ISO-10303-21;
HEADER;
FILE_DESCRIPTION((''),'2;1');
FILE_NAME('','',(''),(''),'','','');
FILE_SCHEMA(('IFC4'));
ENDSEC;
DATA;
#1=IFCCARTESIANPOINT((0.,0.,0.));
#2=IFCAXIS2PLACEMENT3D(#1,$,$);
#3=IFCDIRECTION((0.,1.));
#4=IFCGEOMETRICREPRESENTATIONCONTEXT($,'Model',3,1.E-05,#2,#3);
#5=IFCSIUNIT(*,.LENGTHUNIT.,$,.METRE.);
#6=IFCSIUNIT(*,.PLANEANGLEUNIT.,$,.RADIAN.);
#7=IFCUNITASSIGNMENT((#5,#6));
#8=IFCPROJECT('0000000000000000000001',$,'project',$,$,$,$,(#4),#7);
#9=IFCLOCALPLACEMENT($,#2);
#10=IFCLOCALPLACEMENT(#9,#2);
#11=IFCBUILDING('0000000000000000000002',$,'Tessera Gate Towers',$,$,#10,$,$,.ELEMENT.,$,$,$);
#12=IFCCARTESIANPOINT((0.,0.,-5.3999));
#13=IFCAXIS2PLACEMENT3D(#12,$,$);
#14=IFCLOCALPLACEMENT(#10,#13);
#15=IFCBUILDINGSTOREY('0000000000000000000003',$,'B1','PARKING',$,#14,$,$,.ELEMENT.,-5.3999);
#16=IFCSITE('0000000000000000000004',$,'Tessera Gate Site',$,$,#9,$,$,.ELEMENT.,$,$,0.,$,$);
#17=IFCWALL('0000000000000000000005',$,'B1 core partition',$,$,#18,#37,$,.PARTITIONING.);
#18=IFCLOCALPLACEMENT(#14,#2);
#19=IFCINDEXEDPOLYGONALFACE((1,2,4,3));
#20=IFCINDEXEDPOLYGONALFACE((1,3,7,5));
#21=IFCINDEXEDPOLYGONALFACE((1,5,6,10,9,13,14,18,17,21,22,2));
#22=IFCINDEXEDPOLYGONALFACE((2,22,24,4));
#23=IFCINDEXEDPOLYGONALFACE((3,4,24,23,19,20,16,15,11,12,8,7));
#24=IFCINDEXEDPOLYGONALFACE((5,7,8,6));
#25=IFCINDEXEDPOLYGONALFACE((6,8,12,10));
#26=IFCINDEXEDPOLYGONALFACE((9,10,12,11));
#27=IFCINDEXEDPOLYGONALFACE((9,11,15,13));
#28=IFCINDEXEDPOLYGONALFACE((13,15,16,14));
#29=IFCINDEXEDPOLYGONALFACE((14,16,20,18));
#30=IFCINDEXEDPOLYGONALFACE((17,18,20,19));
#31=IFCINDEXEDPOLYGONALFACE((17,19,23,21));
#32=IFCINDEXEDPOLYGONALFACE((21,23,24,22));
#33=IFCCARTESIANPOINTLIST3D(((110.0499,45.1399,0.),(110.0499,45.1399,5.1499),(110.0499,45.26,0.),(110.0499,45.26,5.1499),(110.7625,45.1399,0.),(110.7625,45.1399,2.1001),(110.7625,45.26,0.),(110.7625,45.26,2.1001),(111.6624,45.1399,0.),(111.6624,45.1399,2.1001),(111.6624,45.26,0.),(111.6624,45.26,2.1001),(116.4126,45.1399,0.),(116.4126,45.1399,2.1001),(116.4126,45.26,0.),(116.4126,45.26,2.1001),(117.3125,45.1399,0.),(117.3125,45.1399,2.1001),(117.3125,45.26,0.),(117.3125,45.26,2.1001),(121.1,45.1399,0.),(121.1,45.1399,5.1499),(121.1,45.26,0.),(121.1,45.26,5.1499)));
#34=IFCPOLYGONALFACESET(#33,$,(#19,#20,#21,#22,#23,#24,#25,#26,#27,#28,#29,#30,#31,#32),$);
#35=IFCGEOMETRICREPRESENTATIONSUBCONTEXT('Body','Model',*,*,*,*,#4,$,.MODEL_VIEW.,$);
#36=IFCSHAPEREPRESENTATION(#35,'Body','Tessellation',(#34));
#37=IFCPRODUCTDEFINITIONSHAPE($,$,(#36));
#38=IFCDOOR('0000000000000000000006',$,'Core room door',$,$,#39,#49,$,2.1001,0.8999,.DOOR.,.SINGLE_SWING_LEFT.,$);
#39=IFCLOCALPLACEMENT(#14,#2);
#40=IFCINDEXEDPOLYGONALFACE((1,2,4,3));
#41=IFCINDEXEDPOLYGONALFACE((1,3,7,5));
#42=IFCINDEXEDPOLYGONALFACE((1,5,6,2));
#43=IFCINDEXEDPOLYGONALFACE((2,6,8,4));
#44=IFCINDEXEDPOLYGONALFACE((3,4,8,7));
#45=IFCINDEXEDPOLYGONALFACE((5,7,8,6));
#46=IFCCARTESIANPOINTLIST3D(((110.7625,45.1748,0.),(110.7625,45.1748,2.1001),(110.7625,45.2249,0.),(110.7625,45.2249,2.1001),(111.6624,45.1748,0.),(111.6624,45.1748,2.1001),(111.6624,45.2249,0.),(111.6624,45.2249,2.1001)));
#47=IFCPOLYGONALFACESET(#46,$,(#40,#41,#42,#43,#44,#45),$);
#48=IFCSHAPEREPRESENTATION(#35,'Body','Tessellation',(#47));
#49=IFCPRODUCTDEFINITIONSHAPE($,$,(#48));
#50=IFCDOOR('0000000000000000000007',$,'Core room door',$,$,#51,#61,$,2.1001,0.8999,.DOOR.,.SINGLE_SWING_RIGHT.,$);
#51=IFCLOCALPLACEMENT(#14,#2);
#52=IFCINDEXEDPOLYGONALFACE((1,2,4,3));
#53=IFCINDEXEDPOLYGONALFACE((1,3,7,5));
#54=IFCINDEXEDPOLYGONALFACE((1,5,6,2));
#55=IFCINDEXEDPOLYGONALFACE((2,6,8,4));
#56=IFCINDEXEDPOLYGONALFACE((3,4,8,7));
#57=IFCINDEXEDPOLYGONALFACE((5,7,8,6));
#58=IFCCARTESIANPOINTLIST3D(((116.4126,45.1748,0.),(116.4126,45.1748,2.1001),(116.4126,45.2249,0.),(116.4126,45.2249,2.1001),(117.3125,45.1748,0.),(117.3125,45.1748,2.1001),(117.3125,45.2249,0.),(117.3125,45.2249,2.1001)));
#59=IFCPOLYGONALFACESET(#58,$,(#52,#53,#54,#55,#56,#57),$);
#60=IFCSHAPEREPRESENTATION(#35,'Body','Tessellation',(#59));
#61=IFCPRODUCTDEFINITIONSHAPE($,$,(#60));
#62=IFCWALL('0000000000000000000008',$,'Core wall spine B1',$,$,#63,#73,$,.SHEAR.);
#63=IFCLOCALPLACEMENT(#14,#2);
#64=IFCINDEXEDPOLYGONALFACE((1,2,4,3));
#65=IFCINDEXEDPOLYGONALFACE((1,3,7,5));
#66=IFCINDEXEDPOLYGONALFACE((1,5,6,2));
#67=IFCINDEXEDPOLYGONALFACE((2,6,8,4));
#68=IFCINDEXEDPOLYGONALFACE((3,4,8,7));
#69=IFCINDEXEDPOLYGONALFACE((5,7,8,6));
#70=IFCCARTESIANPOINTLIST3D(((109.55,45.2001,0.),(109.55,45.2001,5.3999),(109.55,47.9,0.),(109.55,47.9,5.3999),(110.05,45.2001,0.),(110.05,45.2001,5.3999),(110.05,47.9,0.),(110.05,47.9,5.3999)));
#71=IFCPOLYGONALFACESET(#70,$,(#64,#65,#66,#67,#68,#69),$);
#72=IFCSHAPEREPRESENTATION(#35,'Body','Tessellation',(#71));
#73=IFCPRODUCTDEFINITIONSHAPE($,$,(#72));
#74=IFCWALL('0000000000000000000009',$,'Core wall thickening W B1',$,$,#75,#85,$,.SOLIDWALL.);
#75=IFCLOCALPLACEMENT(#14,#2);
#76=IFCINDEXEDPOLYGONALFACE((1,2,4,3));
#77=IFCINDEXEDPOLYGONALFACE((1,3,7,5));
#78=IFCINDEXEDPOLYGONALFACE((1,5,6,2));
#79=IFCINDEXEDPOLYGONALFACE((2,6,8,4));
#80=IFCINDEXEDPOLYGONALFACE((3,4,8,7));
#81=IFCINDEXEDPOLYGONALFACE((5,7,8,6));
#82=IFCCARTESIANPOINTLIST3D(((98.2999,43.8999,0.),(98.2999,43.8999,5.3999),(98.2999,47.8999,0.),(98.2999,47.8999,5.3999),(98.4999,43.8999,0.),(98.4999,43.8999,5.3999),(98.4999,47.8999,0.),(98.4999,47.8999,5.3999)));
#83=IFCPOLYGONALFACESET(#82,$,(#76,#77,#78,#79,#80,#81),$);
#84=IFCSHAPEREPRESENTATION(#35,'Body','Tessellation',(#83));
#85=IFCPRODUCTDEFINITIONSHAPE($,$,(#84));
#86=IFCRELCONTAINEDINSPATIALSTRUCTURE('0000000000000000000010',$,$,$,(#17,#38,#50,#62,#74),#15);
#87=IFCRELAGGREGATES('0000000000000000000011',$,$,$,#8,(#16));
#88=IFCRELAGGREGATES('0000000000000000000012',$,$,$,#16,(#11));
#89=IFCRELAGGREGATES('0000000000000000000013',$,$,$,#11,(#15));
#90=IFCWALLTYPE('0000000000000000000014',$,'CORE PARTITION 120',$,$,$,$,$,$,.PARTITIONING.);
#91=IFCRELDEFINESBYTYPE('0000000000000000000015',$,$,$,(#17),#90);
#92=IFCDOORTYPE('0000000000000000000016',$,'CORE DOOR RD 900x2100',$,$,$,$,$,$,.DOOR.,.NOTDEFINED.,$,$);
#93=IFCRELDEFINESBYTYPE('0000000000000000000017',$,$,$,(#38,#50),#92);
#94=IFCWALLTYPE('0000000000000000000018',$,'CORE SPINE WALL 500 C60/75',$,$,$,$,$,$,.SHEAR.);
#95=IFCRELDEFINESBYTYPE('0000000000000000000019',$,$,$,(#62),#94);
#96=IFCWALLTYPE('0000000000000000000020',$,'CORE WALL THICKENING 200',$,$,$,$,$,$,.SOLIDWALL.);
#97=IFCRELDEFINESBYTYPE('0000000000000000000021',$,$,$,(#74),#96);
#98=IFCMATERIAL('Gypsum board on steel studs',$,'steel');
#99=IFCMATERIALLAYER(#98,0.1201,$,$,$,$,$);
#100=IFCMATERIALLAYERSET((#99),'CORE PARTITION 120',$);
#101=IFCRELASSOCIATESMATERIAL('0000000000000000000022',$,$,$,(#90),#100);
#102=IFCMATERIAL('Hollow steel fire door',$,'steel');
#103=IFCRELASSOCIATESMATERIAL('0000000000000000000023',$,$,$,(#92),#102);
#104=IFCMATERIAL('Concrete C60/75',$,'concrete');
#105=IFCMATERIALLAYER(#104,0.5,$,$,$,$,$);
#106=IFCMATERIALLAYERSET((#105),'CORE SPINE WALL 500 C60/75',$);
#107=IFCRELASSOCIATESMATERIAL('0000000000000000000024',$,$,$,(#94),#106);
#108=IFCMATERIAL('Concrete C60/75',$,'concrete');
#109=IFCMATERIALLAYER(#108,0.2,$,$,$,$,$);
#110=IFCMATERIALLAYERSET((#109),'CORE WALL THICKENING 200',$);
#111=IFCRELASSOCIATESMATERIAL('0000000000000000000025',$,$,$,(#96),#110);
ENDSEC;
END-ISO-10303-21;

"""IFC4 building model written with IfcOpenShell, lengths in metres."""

from ifc_helpers import new_model, si_unit, direction, frame, frame_2d, origin, place, context, subcontext, project, spatial, rectangle, extrude, source, transform, mapped, material, layer, layer_set, type_object, element, fill, save


model = new_model("IFC4")

# Units and contexts
model_context = context("Model", 3, precision=1e-05, world=origin(), true_north=direction((0.0, 1.0)))
body_context = subcontext(model_context, "Body", "Model", "MODEL_VIEW")
ifc_project = project(units=[si_unit("LENGTHUNIT", "METRE"), si_unit("PLANEANGLEUNIT", "RADIAN")], contexts=[model_context])

# Site, building, storey
site_placement = place(None, origin())
site = spatial("IfcSite", under=ifc_project, at=site_placement, Name="Tessera Gate Site", CompositionType="ELEMENT", RefElevation=0.0)
building_placement = place(site_placement, origin())
building = spatial("IfcBuilding", under=site, at=building_placement, Name="Tessera Gate Towers", CompositionType="ELEMENT")
storey_placement = place(building_placement, frame((0.0, 0.0, -5.3999)))
storey = spatial("IfcBuildingStorey", under=building, at=storey_placement, Name="B1", Description="PARKING", CompositionType="ELEMENT", Elevation=-5.3999)

# Wall, openings, doors
ifc_material_1 = material(Name="Gypsum board on steel studs", Category="steel")
ifc_layer_1 = layer(ifc_material_1, 0.1201)
ifc_layer_set_1 = layer_set([ifc_layer_1], Name="CORE PARTITION 120")
wall_type_1 = type_object("IfcWallType", Name="CORE PARTITION 120", PredefinedType="PARTITIONING", material=ifc_layer_set_1)
wall_1_placement = place(storey_placement, frame((110.05, 45.2, 0.0), z_axis=(0.0, 0.0, 1.0), x_axis=(1.0, 0.0, 0.0)))
wall_1 = element("IfcWall", 1, at=wall_1_placement, inside=storey, type_object=wall_type_1, Name="B1 core partition", PredefinedType="PARTITIONING", context=body_context, shape_type="SweptSolid", body=[
    extrude(rectangle(XDim=11.05, YDim=0.1201, at=frame_2d((5.5249, 0.0))), origin(), (0.0, 0.0, 1.0), 5.1499),
])
shared_shape_1 = source(origin(), body_context, "Body", "SweptSolid", [
    extrude(rectangle(XDim=0.8999, YDim=2.1001, at=frame_2d((0.45, 1.05))), frame((0.0, 0.0701, 0.0), z_axis=(0.0, -1.0, 0.0), x_axis=(1.0, 0.0, 0.0)), (0.0, 0.0, 1.0), 0.1401),
])
opening_1_placement = place(wall_1_placement, frame((0.7124, 0.0, 0.0)))
opening_1 = element("IfcOpeningElement", 2, at=opening_1_placement, cuts=wall_1, PredefinedType="OPENING", context=body_context, shape_type="MappedRepresentation", body=[
    mapped(shared_shape_1, transform((0.0, 0.0, 0.0), scale=1.0)),
])
opening_2_placement = place(wall_1_placement, frame((6.3625, 0.0, 0.0)))
opening_2 = element("IfcOpeningElement", 3, at=opening_2_placement, cuts=wall_1, PredefinedType="OPENING", context=body_context, shape_type="MappedRepresentation", body=[
    mapped(shared_shape_1, transform((0.0, 0.0, 0.0), scale=1.0)),
])
ifc_material_2 = material(Name="Hollow steel fire door", Category="steel")
door_type_1 = type_object("IfcDoorType", Name="CORE DOOR RD 900x2100", OperationType="NOTDEFINED", PredefinedType="DOOR", material=ifc_material_2)
shared_shape_2 = source(origin(), body_context, "Body", "SweptSolid", [
    extrude(rectangle(XDim=0.8999, YDim=2.1001, at=frame_2d((0.45, 1.05))), frame((0.0, 0.0249, 0.0), z_axis=(0.0, -1.0, 0.0), x_axis=(1.0, 0.0, 0.0)), (0.0, 0.0, 1.0), 0.05),
])
door_1_placement = place(opening_1_placement, origin())
door_1 = element("IfcDoor", 4, at=door_1_placement, inside=storey, type_object=door_type_1, Name="Core room door", OperationType="SINGLE_SWING_LEFT", OverallHeight=2.1001, OverallWidth=0.8999, PredefinedType="DOOR", context=body_context, shape_type="MappedRepresentation", body=[
    mapped(shared_shape_2, transform((0.0, 0.0, 0.0), scale=1.0)),
])
fill(opening_1, door_1)
door_2_placement = place(opening_2_placement, origin())
door_2 = element("IfcDoor", 5, at=door_2_placement, inside=storey, type_object=door_type_1, Name="Core room door", OperationType="SINGLE_SWING_RIGHT", OverallHeight=2.1001, OverallWidth=0.8999, PredefinedType="DOOR", context=body_context, shape_type="MappedRepresentation", body=[
    mapped(shared_shape_2, transform((0.0, 0.0, 0.0), scale=1.0)),
])
fill(opening_2, door_2)

# Walls
ifc_material_3 = material(Name="Concrete C60/75", Category="concrete")
ifc_layer_2 = layer(ifc_material_3, 0.5)
ifc_layer_set_2 = layer_set([ifc_layer_2], Name="CORE SPINE WALL 500 C60/75")
wall_type_2 = type_object("IfcWallType", Name="CORE SPINE WALL 500 C60/75", PredefinedType="SHEAR", material=ifc_layer_set_2)
wall_2_placement = place(storey_placement, frame((109.8, 45.2, 0.0), z_axis=(0.0, 0.0, 1.0), x_axis=(0.0, 1.0, 0.0)))
element("IfcWall", 6, at=wall_2_placement, inside=storey, type_object=wall_type_2, Name="Core wall spine B1", PredefinedType="SHEAR", context=body_context, shape_type="SweptSolid", body=[
    extrude(rectangle(XDim=2.7, YDim=0.5, at=frame_2d((1.3501, 0.0))), origin(), (0.0, 0.0, 1.0), 5.3999),
])
ifc_material_4 = material(Name="Concrete C60/75", Category="concrete")
ifc_layer_3 = layer(ifc_material_4, 0.2)
ifc_layer_set_3 = layer_set([ifc_layer_3], Name="CORE WALL THICKENING 200")
wall_type_3 = type_object("IfcWallType", Name="CORE WALL THICKENING 200", PredefinedType="SOLIDWALL", material=ifc_layer_set_3)
wall_3_placement = place(storey_placement, frame((98.3999, 43.8999, 0.0), z_axis=(0.0, 0.0, 1.0), x_axis=(0.0, 1.0, 0.0)))
element("IfcWall", 7, at=wall_3_placement, inside=storey, type_object=wall_type_3, Name="Core wall thickening W B1", PredefinedType="SOLIDWALL", context=body_context, shape_type="SweptSolid", body=[
    extrude(rectangle(XDim=4.0, YDim=0.2, at=frame_2d((2.0, 0.0))), origin(), (0.0, 0.0, 1.0), 5.3999),
])

save(model, "model.ifc")
